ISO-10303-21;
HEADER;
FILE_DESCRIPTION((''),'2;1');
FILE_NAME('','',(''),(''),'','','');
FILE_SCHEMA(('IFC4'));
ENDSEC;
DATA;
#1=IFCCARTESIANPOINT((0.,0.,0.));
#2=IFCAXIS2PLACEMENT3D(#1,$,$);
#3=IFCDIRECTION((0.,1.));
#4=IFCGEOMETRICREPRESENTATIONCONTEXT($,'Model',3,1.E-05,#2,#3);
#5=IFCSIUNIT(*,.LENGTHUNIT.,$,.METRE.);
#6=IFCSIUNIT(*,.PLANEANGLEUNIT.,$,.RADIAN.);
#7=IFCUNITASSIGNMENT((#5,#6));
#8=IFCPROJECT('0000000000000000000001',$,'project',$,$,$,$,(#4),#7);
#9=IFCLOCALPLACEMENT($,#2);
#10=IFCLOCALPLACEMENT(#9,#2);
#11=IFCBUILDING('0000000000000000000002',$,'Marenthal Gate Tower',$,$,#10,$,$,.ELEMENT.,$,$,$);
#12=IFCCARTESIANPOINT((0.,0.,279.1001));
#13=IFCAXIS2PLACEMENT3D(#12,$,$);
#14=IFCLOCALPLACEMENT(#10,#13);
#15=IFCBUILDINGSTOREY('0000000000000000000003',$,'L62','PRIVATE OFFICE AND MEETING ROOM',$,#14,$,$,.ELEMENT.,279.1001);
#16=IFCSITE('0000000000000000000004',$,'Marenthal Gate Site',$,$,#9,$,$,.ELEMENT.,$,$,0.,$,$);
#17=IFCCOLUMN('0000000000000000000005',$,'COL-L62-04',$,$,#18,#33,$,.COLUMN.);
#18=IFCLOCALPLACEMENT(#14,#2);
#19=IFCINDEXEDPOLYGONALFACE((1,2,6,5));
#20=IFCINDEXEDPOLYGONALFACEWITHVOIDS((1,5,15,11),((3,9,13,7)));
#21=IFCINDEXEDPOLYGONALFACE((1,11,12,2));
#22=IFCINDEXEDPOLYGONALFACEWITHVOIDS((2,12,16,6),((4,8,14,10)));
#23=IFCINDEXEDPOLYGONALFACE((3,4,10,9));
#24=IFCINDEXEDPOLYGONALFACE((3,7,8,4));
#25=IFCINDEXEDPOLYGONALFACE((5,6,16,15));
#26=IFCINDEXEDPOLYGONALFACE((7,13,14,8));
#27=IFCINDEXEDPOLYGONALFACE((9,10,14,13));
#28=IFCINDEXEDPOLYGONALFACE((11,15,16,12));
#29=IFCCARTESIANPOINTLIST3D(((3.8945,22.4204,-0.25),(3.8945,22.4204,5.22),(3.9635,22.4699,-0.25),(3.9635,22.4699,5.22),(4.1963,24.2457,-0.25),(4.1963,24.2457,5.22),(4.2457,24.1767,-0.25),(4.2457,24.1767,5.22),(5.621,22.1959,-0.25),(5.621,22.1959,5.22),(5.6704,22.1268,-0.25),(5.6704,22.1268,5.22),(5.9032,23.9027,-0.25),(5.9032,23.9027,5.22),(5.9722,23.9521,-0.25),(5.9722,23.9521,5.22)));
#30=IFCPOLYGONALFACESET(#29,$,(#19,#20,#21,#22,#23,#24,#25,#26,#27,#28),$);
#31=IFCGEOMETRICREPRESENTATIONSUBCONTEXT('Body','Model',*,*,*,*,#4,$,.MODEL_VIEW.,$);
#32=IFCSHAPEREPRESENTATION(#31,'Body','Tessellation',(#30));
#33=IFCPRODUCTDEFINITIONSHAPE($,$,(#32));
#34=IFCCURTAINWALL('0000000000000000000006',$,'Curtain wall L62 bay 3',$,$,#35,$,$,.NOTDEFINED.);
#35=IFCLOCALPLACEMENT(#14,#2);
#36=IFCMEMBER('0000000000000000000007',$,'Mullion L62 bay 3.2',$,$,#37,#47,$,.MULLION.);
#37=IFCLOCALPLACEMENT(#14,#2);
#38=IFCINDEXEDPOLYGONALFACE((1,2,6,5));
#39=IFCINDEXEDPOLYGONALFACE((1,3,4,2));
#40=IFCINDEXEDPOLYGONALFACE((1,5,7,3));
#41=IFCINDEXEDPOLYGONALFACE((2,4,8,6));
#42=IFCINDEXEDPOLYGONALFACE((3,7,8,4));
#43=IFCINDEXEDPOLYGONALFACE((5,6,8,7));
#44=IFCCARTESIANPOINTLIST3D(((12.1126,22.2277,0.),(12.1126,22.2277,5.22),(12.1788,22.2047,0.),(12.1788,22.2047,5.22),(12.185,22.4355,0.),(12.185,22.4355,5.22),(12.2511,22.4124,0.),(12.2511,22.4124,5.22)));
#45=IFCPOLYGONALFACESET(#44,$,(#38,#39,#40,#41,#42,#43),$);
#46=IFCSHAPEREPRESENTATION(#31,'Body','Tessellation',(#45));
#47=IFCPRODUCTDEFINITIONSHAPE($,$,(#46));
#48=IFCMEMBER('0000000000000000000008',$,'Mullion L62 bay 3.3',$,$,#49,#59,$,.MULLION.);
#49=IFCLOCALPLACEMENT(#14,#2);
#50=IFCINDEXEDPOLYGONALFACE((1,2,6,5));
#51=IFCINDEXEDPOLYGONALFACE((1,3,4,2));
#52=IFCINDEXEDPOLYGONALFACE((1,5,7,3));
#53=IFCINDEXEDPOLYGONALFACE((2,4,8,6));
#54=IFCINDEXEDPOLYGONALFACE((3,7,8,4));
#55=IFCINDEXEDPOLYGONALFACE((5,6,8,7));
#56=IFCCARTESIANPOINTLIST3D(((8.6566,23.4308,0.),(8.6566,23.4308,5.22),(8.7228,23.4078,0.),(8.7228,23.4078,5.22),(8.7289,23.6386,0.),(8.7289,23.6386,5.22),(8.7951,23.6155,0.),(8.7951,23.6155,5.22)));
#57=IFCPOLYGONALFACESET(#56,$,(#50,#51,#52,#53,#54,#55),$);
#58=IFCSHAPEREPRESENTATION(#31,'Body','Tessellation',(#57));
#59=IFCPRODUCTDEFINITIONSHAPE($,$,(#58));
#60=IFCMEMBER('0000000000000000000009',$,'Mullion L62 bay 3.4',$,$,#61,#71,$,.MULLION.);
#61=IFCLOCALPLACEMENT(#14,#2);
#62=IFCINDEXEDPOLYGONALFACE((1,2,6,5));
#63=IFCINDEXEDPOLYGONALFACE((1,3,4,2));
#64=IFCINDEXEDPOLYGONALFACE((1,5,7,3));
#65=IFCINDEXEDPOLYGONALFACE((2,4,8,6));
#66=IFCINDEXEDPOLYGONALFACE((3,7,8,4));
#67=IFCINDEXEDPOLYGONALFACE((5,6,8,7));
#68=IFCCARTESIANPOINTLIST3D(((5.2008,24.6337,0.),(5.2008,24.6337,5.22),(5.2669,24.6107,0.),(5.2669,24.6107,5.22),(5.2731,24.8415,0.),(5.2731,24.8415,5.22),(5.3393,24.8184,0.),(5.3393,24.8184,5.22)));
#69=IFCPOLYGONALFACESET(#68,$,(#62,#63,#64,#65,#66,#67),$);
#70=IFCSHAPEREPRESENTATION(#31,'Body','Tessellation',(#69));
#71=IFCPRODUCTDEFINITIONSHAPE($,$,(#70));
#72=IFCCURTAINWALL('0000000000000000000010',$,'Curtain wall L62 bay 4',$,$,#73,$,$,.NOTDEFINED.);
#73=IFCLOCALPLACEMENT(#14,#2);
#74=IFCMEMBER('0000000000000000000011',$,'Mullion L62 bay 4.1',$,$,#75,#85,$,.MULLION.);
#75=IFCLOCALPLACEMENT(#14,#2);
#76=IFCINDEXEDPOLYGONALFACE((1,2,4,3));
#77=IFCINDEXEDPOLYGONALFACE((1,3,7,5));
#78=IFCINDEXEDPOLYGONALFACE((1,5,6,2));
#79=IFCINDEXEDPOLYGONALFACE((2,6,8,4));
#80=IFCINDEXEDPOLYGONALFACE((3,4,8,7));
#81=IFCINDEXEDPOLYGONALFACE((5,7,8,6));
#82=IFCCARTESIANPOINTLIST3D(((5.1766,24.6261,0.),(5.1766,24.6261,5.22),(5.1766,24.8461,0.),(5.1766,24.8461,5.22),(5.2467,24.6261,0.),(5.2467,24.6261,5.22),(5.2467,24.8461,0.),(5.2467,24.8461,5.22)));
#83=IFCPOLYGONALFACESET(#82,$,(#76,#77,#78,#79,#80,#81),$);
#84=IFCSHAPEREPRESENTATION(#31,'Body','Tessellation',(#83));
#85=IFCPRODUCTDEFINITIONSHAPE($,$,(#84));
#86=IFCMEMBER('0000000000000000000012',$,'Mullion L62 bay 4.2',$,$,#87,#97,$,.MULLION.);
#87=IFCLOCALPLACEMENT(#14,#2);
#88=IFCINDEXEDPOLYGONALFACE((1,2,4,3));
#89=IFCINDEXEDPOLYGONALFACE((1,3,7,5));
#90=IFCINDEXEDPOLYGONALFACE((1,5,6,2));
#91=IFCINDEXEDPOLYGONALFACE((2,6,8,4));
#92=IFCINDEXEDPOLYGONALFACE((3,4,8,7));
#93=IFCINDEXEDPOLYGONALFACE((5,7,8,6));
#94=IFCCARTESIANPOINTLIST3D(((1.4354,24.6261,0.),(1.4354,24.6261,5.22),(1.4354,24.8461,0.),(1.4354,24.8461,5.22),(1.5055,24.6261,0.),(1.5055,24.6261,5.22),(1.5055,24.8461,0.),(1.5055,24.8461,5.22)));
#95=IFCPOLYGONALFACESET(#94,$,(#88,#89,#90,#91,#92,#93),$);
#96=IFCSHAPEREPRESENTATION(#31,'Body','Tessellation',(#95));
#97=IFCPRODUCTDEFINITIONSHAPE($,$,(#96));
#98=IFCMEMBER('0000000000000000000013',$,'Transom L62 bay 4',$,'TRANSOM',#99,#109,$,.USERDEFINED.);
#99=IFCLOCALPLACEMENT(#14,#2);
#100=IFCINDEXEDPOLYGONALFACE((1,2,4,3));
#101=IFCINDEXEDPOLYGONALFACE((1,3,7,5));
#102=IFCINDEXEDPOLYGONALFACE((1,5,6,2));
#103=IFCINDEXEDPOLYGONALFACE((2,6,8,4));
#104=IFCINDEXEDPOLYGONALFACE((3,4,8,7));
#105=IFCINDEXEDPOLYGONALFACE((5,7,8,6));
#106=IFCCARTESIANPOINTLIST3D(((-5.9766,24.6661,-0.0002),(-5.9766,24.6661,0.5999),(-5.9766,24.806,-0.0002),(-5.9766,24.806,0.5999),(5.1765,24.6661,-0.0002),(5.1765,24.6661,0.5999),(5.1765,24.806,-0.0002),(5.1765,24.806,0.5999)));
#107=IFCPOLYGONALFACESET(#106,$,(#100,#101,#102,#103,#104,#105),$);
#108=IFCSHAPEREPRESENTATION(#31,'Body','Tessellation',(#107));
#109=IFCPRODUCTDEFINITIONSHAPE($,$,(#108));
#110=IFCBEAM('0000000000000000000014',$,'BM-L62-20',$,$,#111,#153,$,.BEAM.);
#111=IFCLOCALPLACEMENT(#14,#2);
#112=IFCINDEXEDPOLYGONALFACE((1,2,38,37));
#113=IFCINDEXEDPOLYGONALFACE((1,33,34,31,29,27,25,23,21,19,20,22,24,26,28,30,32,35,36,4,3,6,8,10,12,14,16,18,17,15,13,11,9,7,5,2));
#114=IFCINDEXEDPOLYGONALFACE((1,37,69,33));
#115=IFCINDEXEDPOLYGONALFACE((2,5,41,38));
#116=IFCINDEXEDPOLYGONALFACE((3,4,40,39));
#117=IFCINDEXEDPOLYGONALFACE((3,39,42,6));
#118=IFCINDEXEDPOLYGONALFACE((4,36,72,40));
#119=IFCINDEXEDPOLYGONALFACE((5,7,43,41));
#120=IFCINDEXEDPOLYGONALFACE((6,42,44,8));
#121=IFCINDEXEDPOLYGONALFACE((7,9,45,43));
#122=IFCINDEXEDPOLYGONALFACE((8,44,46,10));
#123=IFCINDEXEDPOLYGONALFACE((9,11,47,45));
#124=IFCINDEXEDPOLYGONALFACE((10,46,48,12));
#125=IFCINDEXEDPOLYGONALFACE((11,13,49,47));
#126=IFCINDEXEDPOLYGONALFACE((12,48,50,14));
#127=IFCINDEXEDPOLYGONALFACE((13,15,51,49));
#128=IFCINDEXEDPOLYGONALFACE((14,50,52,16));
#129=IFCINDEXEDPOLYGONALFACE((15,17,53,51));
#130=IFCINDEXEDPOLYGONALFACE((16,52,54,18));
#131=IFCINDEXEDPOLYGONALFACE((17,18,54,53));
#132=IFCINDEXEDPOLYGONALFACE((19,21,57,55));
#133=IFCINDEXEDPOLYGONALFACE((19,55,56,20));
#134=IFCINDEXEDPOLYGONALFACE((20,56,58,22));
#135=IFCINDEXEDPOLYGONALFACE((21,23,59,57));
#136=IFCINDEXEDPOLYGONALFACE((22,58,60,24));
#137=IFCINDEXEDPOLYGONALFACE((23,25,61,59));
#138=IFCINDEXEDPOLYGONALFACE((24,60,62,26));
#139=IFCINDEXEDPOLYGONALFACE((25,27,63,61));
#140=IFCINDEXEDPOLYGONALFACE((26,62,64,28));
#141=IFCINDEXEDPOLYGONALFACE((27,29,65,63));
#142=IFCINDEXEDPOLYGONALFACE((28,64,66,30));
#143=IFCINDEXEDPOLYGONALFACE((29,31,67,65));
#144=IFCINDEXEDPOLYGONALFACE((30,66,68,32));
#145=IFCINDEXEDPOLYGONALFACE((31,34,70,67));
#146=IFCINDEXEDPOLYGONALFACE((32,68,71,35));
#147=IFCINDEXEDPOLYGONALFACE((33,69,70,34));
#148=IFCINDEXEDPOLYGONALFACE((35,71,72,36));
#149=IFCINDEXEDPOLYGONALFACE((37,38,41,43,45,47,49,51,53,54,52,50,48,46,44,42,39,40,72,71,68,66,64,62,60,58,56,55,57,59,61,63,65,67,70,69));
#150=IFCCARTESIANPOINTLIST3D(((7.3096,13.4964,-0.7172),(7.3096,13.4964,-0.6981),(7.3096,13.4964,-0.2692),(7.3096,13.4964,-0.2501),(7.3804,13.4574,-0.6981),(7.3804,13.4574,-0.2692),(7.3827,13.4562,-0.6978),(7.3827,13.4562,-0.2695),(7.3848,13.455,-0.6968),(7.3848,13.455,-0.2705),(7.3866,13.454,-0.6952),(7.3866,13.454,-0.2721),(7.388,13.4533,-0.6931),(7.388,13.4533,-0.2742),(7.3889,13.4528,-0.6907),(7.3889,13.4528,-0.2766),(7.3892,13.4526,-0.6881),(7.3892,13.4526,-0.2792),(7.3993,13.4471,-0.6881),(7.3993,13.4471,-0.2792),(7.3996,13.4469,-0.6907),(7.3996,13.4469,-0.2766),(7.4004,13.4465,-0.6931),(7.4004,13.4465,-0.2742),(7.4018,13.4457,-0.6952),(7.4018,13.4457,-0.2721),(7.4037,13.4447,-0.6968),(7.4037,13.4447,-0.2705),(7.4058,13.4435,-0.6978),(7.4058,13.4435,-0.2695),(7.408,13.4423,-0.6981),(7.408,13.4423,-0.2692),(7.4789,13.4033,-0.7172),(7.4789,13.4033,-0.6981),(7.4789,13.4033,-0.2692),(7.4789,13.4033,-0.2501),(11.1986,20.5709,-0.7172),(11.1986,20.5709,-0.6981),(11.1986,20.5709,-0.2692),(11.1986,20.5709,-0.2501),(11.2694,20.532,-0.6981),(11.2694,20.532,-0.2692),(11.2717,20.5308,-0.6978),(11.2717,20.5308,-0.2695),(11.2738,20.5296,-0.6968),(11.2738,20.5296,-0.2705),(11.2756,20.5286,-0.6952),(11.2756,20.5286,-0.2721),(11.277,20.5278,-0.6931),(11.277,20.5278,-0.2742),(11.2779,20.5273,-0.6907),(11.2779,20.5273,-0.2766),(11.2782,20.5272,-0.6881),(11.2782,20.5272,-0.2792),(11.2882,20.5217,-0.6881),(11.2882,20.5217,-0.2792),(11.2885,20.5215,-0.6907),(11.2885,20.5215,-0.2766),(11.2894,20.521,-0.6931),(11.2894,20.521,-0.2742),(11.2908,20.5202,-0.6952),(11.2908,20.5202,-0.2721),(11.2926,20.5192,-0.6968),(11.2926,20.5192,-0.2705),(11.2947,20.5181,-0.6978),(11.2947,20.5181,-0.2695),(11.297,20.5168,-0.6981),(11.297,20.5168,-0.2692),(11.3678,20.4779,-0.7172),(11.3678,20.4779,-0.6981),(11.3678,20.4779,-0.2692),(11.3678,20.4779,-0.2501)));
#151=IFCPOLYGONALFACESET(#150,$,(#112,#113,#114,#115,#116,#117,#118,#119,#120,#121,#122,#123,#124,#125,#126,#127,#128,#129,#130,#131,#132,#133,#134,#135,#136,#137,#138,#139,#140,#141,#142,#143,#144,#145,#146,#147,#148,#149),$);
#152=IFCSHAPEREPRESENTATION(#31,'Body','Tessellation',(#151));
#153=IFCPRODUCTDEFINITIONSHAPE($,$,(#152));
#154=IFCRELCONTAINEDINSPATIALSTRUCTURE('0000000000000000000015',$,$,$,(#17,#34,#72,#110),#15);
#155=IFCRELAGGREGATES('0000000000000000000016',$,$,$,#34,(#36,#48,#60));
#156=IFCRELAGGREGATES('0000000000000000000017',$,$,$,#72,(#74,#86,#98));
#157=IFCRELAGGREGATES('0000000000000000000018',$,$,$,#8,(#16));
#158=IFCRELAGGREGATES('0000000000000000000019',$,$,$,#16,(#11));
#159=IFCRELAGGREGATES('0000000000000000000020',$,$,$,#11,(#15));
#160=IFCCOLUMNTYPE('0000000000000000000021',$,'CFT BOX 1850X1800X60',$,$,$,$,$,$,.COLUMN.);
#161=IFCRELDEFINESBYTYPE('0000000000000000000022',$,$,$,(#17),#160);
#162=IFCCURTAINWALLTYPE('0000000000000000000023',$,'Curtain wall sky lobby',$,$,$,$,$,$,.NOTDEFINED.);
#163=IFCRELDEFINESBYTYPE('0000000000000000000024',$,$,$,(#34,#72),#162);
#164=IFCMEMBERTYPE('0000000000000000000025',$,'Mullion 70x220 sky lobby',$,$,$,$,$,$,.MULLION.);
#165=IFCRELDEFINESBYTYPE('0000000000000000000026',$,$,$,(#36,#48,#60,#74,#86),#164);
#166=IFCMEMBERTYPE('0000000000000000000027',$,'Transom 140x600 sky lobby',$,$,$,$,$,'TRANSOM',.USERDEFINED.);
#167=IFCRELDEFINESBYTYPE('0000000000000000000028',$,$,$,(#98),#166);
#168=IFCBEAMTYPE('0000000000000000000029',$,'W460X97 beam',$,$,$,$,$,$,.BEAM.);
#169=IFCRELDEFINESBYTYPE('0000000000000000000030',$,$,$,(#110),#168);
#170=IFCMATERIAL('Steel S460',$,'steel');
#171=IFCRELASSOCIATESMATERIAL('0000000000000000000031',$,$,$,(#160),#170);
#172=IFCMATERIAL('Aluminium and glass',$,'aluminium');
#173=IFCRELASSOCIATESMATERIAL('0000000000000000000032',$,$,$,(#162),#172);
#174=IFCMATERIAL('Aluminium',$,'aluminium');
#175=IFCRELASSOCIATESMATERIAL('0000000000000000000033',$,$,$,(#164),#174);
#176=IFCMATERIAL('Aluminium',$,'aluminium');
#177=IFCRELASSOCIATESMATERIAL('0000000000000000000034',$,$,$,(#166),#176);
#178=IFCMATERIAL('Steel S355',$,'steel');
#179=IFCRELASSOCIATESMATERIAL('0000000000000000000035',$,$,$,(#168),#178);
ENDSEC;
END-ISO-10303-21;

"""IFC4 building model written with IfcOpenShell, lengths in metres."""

from ifc_helpers import new_model, si_unit, direction, frame, origin, origin_2d, place, context, subcontext, project, spatial, rectangle, hollow_rectangle, i_section, extrude, material, material_profile, profile_set, type_object, element, aggregate, save


model = new_model("IFC4")

# Units and contexts
model_context = context("Model", 3, precision=1e-05, world=origin(), true_north=direction((0.0, 1.0)))
body_context = subcontext(model_context, "Body", "Model", "MODEL_VIEW")
ifc_project = project(units=[si_unit("LENGTHUNIT", "METRE"), si_unit("PLANEANGLEUNIT", "RADIAN")], contexts=[model_context])

# Site, building, storey
site_placement = place(None, origin())
site = spatial("IfcSite", under=ifc_project, at=site_placement, Name="Marenthal Gate Site", CompositionType="ELEMENT", RefElevation=0.0)
building_placement = place(site_placement, origin())
building = spatial("IfcBuilding", under=site, at=building_placement, Name="Marenthal Gate Tower", CompositionType="ELEMENT")
storey_placement = place(building_placement, frame((0.0, 0.0, 279.1001)))
storey = spatial("IfcBuildingStorey", under=building, at=storey_placement, Name="L62", Description="PRIVATE OFFICE AND MEETING ROOM", CompositionType="ELEMENT", Elevation=279.1001)

# Column
ifc_material_1 = material(Name="Steel S460", Category="steel")
ifc_material_profile_1 = material_profile(ifc_material_1, hollow_rectangle(XDim=1.8, YDim=1.8501, WallThickness=0.0601, at=origin_2d()), Name="CFT BOX 1850X1800X60")
ifc_material_2 = material(Name="Concrete 70 MPa", Category="concrete")
ifc_material_profile_2 = material_profile(ifc_material_2, rectangle(XDim=1.6799, YDim=1.73, at=origin_2d()), Name="CFT BOX 1850X1800X60 INFILL")
ifc_profile_set_1 = profile_set([ifc_material_profile_1, ifc_material_profile_2], Name="Steel S460 shell, Concrete 70 MPa infill")
column_type = type_object("IfcColumnType", Name="CFT BOX 1850X1800X60", PredefinedType="COLUMN", material=ifc_profile_set_1)
column_placement = place(storey_placement, frame((4.9333, 23.1863, -0.25), z_axis=(0.0, 0.0, 1.0), x_axis=(0.986606, -0.163119, 0.0)))
element("IfcColumn", 1, at=column_placement, inside=storey, type_object=column_type, Name="COL-L62-04", PredefinedType="COLUMN", context=body_context, shape_type="SweptSolid", body=[
    extrude(hollow_rectangle(XDim=1.8, YDim=1.8501, WallThickness=0.0601, at=origin_2d()), origin(), (0.0, 0.0, 1.0), 5.47),
])

# Curtain walls, members
ifc_material_3 = material(Name="Aluminium and glass", Category="aluminium")
curtain_wall_type = type_object("IfcCurtainWallType", Name="Curtain wall sky lobby", PredefinedType="NOTDEFINED", material=ifc_material_3)
curtain_wall_1_placement = place(storey_placement, origin())
curtain_wall_1 = element("IfcCurtainWall", 2, at=curtain_wall_1_placement, inside=storey, type_object=curtain_wall_type, Name="Curtain wall L62 bay 3", PredefinedType="NOTDEFINED")
ifc_material_4 = material(Name="Aluminium", Category="aluminium")
ifc_material_profile_3 = material_profile(ifc_material_4, rectangle(XDim=0.22, YDim=0.0701, at=origin_2d()), Name="70x220 aluminium mullion")
ifc_profile_set_2 = profile_set([ifc_material_profile_3], Name="Aluminium")
member_type_1 = type_object("IfcMemberType", Name="Mullion 70x220 sky lobby", PredefinedType="MULLION", material=ifc_profile_set_2)
member_1_placement = place(storey_placement, frame((12.1819, 22.3201, 0.0), z_axis=(0.0, 0.0, 1.0), x_axis=(-0.328757, -0.944415, 0.0)))
member_1 = element("IfcMember", 3, at=member_1_placement, type_object=member_type_1, Name="Mullion L62 bay 3.2", PredefinedType="MULLION", context=body_context, shape_type="SweptSolid", body=[
    extrude(rectangle(XDim=0.22, YDim=0.0701, at=origin_2d()), origin(), (0.0, 0.0, 1.0), 5.22),
])
member_2_placement = place(storey_placement, frame((8.7258, 23.5232, 0.0), z_axis=(0.0, 0.0, 1.0), x_axis=(-0.328757, -0.944415, 0.0)))
member_2 = element("IfcMember", 4, at=member_2_placement, type_object=member_type_1, Name="Mullion L62 bay 3.3", PredefinedType="MULLION", context=body_context, shape_type="SweptSolid", body=[
    extrude(rectangle(XDim=0.22, YDim=0.0701, at=origin_2d()), origin(), (0.0, 0.0, 1.0), 5.22),
])
member_3_placement = place(storey_placement, frame((5.27, 24.7261, 0.0), z_axis=(0.0, 0.0, 1.0), x_axis=(-0.328757, -0.944415, 0.0)))
member_3 = element("IfcMember", 5, at=member_3_placement, type_object=member_type_1, Name="Mullion L62 bay 3.4", PredefinedType="MULLION", context=body_context, shape_type="SweptSolid", body=[
    extrude(rectangle(XDim=0.22, YDim=0.0701, at=origin_2d()), origin(), (0.0, 0.0, 1.0), 5.22),
])
curtain_wall_2_placement = place(storey_placement, origin())
curtain_wall_2 = element("IfcCurtainWall", 6, at=curtain_wall_2_placement, inside=storey, type_object=curtain_wall_type, Name="Curtain wall L62 bay 4", PredefinedType="NOTDEFINED")
member_4_placement = place(storey_placement, frame((5.2117, 24.7361, 0.0), z_axis=(0.0, 0.0, 1.0), x_axis=(0.0, -1.0, 0.0)))
member_4 = element("IfcMember", 7, at=member_4_placement, type_object=member_type_1, Name="Mullion L62 bay 4.1", PredefinedType="MULLION", context=body_context, shape_type="SweptSolid", body=[
    extrude(rectangle(XDim=0.22, YDim=0.0701, at=origin_2d()), origin(), (0.0, 0.0, 1.0), 5.22),
])
member_5_placement = place(storey_placement, frame((1.4705, 24.7361, 0.0), z_axis=(0.0, 0.0, 1.0), x_axis=(0.0, -1.0, 0.0)))
member_5 = element("IfcMember", 8, at=member_5_placement, type_object=member_type_1, Name="Mullion L62 bay 4.2", PredefinedType="MULLION", context=body_context, shape_type="SweptSolid", body=[
    extrude(rectangle(XDim=0.22, YDim=0.0701, at=origin_2d()), origin(), (0.0, 0.0, 1.0), 5.22),
])
ifc_material_5 = material(Name="Aluminium", Category="aluminium")
ifc_material_profile_4 = material_profile(ifc_material_5, rectangle(XDim=0.1399, YDim=0.6001, at=origin_2d()), Name="140x600 aluminium transom")
ifc_profile_set_3 = profile_set([ifc_material_profile_4], Name="Aluminium")
member_type_2 = type_object("IfcMemberType", Name="Transom 140x600 sky lobby", ElementType="TRANSOM", PredefinedType="USERDEFINED", material=ifc_profile_set_3)
member_6_placement = place(storey_placement, frame((5.1765, 24.7361, 0.2998), z_axis=(-1.0, 0.0, 0.0), x_axis=(0.0, -1.0, 0.0)))
member_6 = element("IfcMember", 9, at=member_6_placement, type_object=member_type_2, Name="Transom L62 bay 4", ObjectType="TRANSOM", PredefinedType="USERDEFINED", context=body_context, shape_type="SweptSolid", body=[
    extrude(rectangle(XDim=0.1399, YDim=0.6001, at=origin_2d()), origin(), (0.0, 0.0, 1.0), 11.1531),
])

# Beam
ifc_material_6 = material(Name="Steel S355", Category="steel")
ifc_material_profile_5 = material_profile(ifc_material_6, i_section(OverallWidth=0.1931, OverallDepth=0.467, WebThickness=0.0115, FlangeThickness=0.019, FilletRadius=0.01, at=origin_2d()), Name="W460X97")
ifc_profile_set_4 = profile_set([ifc_material_profile_5], Name="Steel S355")
beam_type_1 = type_object("IfcBeamType", Name="W460X97 beam", PredefinedType="BEAM", material=ifc_profile_set_4)
beam_1_placement = place(storey_placement, frame((11.2832, 20.5244, -0.4836), z_axis=(-0.481725, -0.876323, 0.0), x_axis=(0.876323, -0.481725, 0.0)))
element("IfcBeam", 10, at=beam_1_placement, inside=storey, type_object=beam_type_1, Name="BM-L62-20", PredefinedType="BEAM", context=body_context, shape_type="SweptSolid", body=[
    extrude(i_section(OverallWidth=0.1931, OverallDepth=0.467, WebThickness=0.0115, FlangeThickness=0.019, FilletRadius=0.01, at=origin_2d()), origin(), (0.0, 0.0, 1.0), 8.073),
])

aggregate(curtain_wall_1, [member_1, member_2, member_3])
aggregate(curtain_wall_2, [member_4, member_5, member_6])

save(model, "model.ifc")
